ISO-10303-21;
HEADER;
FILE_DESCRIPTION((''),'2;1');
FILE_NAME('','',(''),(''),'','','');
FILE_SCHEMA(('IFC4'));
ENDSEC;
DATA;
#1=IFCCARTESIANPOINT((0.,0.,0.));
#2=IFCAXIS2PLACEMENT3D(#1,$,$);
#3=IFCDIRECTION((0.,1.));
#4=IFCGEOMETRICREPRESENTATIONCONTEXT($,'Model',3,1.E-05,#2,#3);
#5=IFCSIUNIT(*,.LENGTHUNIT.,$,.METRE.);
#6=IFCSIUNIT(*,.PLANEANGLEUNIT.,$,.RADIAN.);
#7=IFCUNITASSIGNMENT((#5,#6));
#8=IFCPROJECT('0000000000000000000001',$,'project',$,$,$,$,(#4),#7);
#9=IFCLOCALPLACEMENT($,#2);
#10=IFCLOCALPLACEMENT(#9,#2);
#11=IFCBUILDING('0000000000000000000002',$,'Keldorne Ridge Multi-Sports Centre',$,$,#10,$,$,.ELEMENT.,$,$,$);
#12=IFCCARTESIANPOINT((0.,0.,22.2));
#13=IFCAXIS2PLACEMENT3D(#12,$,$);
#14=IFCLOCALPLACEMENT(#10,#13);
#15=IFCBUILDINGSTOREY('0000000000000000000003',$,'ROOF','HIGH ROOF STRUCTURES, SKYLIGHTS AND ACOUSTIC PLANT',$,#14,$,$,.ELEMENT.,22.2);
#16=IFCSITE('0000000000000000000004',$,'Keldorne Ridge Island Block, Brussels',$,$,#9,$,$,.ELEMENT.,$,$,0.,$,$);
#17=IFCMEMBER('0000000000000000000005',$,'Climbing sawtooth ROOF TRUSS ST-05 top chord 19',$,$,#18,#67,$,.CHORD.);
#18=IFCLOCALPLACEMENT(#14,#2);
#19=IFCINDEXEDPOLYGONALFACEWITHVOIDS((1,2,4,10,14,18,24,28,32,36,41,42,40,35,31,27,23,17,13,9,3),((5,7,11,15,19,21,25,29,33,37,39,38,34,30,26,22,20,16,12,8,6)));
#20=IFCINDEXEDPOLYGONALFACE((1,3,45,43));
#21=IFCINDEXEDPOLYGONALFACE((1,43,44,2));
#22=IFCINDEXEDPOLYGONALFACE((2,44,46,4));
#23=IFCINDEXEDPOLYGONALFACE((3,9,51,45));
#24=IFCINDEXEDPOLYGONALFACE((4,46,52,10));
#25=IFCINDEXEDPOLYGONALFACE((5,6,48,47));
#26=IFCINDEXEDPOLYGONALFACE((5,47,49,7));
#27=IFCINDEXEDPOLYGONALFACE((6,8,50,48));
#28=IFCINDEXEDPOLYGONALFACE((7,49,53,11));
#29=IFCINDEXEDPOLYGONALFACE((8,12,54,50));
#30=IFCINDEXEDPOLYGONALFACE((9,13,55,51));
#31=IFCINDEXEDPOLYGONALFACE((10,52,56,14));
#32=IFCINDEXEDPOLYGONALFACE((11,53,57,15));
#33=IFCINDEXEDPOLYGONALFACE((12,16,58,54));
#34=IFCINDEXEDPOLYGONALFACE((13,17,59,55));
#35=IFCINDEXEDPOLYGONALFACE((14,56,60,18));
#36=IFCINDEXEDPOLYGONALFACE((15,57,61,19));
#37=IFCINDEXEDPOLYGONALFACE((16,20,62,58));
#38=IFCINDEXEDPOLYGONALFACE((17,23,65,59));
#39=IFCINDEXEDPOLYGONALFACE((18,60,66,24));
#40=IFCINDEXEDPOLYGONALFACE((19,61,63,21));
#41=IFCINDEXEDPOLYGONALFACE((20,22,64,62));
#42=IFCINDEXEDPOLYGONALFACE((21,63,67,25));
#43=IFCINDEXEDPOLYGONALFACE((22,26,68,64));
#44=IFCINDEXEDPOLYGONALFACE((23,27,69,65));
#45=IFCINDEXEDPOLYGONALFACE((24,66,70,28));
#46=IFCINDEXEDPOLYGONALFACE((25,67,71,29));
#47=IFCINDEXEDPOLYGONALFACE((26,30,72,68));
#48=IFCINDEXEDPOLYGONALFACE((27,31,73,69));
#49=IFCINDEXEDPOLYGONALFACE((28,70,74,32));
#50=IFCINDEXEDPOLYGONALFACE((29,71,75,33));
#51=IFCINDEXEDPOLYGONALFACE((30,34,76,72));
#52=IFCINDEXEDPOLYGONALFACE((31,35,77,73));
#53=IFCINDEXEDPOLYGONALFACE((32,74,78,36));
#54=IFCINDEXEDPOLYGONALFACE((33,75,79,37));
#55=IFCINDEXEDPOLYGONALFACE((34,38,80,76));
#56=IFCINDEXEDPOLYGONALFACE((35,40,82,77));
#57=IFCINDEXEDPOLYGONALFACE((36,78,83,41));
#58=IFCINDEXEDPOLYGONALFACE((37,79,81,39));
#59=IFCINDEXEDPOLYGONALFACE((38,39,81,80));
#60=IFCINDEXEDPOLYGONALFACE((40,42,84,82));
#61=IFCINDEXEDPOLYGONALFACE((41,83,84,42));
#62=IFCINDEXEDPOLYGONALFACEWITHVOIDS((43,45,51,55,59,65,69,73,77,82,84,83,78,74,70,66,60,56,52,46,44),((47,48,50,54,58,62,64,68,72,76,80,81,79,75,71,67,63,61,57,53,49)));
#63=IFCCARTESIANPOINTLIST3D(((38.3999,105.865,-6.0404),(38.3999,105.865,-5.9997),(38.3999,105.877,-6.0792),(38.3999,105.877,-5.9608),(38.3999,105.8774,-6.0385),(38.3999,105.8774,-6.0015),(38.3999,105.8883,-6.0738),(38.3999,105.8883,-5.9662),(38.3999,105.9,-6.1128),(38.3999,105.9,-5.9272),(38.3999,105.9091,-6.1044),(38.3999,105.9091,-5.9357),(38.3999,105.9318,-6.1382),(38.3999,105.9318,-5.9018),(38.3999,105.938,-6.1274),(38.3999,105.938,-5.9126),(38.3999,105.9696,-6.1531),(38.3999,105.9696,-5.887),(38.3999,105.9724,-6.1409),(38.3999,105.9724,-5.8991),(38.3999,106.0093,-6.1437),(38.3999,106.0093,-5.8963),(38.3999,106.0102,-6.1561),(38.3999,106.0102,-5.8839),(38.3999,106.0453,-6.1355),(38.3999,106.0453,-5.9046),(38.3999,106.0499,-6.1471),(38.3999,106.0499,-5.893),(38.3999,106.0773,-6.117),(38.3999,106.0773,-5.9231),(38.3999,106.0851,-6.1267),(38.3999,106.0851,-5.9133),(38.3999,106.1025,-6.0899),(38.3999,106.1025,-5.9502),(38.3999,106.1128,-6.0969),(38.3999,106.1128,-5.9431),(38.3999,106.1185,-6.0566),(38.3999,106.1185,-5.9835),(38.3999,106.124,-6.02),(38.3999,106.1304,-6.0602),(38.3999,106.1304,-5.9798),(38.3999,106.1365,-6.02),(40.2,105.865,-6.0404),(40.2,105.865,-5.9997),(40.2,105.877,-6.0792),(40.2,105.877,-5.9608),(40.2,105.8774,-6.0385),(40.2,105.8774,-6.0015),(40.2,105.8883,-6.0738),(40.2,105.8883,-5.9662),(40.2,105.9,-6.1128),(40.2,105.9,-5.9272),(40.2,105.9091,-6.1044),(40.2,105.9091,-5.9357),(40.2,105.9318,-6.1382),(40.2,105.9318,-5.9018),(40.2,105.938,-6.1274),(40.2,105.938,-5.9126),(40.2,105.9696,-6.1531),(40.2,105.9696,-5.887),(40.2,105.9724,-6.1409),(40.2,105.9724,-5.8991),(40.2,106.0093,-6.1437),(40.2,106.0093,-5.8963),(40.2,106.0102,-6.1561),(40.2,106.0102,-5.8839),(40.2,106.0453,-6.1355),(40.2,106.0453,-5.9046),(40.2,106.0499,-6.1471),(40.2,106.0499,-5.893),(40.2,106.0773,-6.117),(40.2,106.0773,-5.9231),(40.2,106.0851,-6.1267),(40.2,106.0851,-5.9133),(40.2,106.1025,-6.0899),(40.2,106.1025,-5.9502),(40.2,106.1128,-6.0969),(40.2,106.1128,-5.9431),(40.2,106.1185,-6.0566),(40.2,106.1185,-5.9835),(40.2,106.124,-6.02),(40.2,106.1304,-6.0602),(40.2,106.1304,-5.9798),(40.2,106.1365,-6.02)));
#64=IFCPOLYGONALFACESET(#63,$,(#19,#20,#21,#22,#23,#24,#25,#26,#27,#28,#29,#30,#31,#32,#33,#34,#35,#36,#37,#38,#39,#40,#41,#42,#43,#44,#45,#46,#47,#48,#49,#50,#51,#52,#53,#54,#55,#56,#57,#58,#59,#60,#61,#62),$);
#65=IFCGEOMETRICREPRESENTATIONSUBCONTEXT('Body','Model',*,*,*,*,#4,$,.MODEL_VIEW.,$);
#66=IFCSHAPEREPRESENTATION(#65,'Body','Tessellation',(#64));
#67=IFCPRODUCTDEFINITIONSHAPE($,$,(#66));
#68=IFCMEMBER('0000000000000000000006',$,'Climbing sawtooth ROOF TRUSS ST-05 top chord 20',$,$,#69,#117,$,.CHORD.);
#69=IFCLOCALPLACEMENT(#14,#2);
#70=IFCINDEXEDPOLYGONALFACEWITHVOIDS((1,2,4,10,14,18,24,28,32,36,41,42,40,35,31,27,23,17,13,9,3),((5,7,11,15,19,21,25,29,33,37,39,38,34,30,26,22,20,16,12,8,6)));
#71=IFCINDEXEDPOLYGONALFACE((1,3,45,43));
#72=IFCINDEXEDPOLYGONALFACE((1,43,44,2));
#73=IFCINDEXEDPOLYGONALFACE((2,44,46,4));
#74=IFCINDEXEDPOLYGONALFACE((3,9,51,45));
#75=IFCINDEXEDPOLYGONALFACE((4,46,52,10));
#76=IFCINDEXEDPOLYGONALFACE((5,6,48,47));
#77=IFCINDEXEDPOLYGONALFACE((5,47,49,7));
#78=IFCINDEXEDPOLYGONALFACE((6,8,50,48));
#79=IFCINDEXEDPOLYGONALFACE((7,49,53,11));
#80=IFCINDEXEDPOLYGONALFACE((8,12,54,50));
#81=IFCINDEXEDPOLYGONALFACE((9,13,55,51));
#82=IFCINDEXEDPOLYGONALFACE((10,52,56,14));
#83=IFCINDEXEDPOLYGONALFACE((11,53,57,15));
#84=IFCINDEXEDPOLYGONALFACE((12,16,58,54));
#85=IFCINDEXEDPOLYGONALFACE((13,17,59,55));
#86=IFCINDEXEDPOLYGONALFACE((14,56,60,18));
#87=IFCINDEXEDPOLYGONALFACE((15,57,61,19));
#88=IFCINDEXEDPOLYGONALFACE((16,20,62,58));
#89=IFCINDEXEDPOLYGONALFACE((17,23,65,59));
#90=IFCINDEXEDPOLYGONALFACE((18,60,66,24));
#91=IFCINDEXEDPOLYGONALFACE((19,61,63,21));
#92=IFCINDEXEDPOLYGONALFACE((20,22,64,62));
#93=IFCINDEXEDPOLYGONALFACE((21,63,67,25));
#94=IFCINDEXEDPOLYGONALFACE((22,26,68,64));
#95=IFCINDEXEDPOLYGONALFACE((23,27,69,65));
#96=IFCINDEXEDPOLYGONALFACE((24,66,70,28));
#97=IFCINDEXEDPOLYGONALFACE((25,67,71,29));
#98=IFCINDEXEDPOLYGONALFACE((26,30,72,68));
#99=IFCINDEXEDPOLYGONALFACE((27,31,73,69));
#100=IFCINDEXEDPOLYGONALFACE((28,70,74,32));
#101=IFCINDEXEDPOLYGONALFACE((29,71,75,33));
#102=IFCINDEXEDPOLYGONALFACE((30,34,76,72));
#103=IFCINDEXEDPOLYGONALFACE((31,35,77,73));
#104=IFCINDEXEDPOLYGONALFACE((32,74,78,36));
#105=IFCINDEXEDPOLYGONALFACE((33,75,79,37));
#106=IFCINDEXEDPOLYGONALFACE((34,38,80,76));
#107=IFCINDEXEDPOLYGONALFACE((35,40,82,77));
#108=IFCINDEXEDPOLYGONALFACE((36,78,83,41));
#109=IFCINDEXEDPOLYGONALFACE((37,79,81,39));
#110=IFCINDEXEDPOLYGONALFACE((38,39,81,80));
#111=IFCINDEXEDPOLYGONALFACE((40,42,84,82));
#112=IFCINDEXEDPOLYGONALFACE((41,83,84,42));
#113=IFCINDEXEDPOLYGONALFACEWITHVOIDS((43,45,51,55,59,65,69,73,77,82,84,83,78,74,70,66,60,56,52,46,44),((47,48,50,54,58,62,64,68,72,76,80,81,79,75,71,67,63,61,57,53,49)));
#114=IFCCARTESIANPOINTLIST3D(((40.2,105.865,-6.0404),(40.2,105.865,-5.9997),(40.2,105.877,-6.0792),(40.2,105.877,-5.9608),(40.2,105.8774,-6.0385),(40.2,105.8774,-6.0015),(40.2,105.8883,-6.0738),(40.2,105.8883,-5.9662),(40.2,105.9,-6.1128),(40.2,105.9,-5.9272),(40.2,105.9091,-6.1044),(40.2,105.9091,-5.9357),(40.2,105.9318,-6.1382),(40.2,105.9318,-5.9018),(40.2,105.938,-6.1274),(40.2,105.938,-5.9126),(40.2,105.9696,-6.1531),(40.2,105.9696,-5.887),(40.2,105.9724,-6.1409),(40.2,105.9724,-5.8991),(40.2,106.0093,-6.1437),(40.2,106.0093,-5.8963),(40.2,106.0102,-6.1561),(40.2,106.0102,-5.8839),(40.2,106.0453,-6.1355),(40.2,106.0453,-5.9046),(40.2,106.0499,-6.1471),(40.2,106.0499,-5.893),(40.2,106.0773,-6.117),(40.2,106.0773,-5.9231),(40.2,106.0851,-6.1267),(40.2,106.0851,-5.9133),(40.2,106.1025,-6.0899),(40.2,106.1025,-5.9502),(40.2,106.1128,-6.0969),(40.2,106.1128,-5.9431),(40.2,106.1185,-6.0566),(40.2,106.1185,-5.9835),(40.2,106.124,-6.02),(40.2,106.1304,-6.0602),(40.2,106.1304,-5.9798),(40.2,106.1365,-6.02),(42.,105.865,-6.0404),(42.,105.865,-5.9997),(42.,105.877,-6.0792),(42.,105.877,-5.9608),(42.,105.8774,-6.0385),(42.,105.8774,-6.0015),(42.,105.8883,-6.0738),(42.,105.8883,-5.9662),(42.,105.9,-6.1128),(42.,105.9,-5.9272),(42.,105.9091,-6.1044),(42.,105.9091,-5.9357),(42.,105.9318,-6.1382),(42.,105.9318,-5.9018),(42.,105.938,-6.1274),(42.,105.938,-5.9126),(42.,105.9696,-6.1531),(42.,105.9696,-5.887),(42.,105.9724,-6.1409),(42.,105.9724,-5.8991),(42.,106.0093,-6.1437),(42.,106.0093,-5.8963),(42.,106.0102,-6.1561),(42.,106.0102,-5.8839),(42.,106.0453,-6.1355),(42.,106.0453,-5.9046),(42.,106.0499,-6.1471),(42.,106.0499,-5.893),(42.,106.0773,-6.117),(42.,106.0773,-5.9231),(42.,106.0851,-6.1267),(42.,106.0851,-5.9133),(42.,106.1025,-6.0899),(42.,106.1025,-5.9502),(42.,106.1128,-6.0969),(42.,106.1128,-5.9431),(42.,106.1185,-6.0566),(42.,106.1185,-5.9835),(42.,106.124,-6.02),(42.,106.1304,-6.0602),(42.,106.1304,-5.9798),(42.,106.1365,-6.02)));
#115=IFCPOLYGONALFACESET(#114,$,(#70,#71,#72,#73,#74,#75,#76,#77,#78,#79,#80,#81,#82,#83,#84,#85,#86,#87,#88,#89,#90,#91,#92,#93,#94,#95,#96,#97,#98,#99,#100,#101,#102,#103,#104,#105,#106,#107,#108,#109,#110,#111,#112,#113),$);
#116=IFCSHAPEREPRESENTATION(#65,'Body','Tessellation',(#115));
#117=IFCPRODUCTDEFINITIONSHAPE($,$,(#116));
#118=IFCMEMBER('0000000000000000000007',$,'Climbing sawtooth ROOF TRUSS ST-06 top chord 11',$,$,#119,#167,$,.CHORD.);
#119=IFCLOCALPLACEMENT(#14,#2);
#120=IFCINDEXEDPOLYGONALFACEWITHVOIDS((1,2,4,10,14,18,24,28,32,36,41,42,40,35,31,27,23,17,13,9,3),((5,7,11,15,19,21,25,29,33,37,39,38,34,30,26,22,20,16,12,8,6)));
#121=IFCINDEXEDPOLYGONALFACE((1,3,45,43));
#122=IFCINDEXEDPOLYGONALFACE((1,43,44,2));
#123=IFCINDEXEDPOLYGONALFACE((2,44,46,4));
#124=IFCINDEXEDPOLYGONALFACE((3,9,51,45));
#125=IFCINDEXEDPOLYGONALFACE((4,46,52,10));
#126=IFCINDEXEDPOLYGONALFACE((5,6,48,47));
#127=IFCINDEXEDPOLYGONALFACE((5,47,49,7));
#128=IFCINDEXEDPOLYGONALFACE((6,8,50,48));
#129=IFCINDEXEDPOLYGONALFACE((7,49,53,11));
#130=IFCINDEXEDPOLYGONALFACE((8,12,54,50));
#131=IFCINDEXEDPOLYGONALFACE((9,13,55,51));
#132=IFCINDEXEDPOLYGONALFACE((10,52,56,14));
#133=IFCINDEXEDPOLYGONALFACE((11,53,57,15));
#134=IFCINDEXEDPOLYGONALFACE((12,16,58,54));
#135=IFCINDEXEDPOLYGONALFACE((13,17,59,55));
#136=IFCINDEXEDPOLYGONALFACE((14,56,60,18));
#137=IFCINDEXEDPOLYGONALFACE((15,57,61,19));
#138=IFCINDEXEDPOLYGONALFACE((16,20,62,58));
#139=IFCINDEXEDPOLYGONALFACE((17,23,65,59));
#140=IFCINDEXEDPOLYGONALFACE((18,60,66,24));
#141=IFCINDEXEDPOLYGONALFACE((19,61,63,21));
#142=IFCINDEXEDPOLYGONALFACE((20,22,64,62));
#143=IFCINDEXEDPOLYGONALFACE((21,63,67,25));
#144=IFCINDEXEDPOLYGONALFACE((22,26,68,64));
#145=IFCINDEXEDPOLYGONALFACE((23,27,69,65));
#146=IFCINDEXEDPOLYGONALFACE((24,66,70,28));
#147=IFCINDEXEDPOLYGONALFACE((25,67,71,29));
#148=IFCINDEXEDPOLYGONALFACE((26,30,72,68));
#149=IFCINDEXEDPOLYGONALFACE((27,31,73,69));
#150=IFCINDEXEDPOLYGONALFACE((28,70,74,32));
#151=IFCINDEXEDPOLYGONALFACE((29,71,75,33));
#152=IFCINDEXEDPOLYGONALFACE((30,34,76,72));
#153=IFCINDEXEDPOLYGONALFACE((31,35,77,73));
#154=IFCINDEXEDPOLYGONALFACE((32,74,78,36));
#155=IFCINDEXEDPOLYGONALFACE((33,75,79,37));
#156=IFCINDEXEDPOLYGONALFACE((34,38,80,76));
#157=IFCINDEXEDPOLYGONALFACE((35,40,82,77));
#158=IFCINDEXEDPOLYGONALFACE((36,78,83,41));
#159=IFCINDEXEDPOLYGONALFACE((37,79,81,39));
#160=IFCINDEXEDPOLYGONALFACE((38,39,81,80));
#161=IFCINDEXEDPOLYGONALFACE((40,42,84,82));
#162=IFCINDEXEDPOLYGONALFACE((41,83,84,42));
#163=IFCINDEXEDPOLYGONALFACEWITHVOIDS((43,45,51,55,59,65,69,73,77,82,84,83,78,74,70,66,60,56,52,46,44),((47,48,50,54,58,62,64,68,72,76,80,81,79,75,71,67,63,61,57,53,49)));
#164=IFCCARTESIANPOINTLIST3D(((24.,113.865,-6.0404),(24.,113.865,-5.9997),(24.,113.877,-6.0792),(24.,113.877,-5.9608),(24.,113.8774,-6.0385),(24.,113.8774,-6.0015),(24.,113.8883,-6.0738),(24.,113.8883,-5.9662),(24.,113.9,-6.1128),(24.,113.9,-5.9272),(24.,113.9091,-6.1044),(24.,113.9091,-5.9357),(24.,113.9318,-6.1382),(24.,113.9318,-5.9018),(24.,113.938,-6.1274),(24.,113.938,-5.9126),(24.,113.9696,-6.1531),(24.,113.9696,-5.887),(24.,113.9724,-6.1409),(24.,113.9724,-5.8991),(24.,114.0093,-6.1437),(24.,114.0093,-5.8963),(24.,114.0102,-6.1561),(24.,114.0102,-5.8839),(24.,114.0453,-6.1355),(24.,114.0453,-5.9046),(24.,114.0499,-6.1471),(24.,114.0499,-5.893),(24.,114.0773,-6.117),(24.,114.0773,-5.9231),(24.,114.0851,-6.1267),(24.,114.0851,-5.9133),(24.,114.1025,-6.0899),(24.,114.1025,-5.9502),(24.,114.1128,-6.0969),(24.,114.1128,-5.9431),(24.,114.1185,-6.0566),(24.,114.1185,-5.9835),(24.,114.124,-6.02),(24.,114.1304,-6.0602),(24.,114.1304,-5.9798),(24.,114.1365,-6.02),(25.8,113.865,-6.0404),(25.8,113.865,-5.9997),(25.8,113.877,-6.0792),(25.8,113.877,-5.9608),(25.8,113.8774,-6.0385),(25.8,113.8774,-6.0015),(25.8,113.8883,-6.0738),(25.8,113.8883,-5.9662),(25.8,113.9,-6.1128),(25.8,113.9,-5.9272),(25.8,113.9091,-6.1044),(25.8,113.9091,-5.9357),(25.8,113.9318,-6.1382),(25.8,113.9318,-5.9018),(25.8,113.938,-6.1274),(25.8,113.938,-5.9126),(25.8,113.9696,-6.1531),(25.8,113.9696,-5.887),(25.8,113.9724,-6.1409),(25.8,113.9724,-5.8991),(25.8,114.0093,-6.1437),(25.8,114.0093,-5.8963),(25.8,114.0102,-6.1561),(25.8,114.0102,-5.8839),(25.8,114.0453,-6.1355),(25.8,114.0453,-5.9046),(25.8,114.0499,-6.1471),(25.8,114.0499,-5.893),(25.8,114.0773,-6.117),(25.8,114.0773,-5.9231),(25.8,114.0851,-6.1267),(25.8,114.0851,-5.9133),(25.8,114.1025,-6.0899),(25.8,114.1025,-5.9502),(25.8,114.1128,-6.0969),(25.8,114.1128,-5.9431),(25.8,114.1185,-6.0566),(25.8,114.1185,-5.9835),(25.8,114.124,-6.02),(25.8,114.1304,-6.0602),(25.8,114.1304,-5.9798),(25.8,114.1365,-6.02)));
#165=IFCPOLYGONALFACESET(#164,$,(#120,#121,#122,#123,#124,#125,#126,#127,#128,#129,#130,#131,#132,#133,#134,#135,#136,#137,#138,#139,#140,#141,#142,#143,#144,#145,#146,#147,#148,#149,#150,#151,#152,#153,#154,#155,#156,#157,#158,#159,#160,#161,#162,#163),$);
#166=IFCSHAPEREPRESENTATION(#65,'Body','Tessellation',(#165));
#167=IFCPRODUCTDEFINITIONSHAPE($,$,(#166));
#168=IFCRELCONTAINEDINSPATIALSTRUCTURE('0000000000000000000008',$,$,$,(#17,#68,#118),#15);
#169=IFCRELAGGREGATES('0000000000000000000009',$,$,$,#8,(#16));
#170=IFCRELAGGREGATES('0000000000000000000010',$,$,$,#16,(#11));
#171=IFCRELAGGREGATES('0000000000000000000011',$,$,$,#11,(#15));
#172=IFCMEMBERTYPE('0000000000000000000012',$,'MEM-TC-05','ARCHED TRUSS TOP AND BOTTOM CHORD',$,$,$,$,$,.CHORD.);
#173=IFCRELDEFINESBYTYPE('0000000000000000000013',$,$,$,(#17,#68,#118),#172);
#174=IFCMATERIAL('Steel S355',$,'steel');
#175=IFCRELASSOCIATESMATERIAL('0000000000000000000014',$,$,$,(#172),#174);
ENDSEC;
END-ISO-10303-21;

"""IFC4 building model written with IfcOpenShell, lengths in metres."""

from ifc_helpers import new_model, si_unit, direction, frame, origin, origin_2d, place, context, subcontext, project, spatial, hollow_circle, extrude, material, material_profile, profile_set, type_object, element, save


model = new_model("IFC4")

# Units and contexts
model_context = context("Model", 3, precision=1e-05, world=origin(), true_north=direction((0.0, 1.0)))
body_context = subcontext(model_context, "Body", "Model", "MODEL_VIEW")
ifc_project = project(units=[si_unit("LENGTHUNIT", "METRE"), si_unit("PLANEANGLEUNIT", "RADIAN")], contexts=[model_context])

# Site, building, storey
site_placement = place(None, origin())
site = spatial("IfcSite", under=ifc_project, at=site_placement, Name="Keldorne Ridge Island Block, Brussels", CompositionType="ELEMENT", RefElevation=0.0)
building_placement = place(site_placement, origin())
building = spatial("IfcBuilding", under=site, at=building_placement, Name="Keldorne Ridge Multi-Sports Centre", CompositionType="ELEMENT")
storey_placement = place(building_placement, frame((0.0, 0.0, 22.2)))
storey = spatial("IfcBuildingStorey", under=building, at=storey_placement, Name="ROOF", Description="HIGH ROOF STRUCTURES, SKYLIGHTS AND ACOUSTIC PLANT", CompositionType="ELEMENT", Elevation=22.2)

# Shared definitions
ifc_material_1 = material(Name="Steel S355", Category="steel")

# Members
ifc_material_profile_1 = material_profile(ifc_material_1, hollow_circle(Radius=0.1365, WallThickness=0.0125, at=origin_2d()), Name="CHS 273x12.5")
ifc_profile_set_1 = profile_set([ifc_material_profile_1], Name="Steel S355")
member_type_1 = type_object("IfcMemberType", Name="MEM-TC-05", Description="ARCHED TRUSS TOP AND BOTTOM CHORD", PredefinedType="CHORD", material=ifc_profile_set_1)
for number, where, z_axis, x_axis, name in (
    (1, (38.3999, 106.0, -6.02), (1.0, 0.0, 0.0), (0.0, 1.0, 0.0), "Climbing sawtooth ROOF TRUSS ST-05 top chord 19"),
    (2, (40.2, 106.0, -6.02), (1.0, 0.0, 0.0), (0.0, 1.0, 0.0), "Climbing sawtooth ROOF TRUSS ST-05 top chord 20"),
    (3, (24.0, 114.0, -6.02), (1.0, 0.0, 0.0), (0.0, 1.0, 0.0), "Climbing sawtooth ROOF TRUSS ST-06 top chord 11"),
):
    element("IfcMember", number, at=place(storey_placement, frame(where, z_axis=z_axis, x_axis=x_axis)), inside=storey, type_object=member_type_1, Name=name, PredefinedType="CHORD", context=body_context, shape_type="SweptSolid", body=[
        extrude(hollow_circle(Radius=0.1365, WallThickness=0.0125, at=origin_2d()), origin(), (0.0, 0.0, 1.0), 1.8),
    ])

save(model, "model.ifc")
